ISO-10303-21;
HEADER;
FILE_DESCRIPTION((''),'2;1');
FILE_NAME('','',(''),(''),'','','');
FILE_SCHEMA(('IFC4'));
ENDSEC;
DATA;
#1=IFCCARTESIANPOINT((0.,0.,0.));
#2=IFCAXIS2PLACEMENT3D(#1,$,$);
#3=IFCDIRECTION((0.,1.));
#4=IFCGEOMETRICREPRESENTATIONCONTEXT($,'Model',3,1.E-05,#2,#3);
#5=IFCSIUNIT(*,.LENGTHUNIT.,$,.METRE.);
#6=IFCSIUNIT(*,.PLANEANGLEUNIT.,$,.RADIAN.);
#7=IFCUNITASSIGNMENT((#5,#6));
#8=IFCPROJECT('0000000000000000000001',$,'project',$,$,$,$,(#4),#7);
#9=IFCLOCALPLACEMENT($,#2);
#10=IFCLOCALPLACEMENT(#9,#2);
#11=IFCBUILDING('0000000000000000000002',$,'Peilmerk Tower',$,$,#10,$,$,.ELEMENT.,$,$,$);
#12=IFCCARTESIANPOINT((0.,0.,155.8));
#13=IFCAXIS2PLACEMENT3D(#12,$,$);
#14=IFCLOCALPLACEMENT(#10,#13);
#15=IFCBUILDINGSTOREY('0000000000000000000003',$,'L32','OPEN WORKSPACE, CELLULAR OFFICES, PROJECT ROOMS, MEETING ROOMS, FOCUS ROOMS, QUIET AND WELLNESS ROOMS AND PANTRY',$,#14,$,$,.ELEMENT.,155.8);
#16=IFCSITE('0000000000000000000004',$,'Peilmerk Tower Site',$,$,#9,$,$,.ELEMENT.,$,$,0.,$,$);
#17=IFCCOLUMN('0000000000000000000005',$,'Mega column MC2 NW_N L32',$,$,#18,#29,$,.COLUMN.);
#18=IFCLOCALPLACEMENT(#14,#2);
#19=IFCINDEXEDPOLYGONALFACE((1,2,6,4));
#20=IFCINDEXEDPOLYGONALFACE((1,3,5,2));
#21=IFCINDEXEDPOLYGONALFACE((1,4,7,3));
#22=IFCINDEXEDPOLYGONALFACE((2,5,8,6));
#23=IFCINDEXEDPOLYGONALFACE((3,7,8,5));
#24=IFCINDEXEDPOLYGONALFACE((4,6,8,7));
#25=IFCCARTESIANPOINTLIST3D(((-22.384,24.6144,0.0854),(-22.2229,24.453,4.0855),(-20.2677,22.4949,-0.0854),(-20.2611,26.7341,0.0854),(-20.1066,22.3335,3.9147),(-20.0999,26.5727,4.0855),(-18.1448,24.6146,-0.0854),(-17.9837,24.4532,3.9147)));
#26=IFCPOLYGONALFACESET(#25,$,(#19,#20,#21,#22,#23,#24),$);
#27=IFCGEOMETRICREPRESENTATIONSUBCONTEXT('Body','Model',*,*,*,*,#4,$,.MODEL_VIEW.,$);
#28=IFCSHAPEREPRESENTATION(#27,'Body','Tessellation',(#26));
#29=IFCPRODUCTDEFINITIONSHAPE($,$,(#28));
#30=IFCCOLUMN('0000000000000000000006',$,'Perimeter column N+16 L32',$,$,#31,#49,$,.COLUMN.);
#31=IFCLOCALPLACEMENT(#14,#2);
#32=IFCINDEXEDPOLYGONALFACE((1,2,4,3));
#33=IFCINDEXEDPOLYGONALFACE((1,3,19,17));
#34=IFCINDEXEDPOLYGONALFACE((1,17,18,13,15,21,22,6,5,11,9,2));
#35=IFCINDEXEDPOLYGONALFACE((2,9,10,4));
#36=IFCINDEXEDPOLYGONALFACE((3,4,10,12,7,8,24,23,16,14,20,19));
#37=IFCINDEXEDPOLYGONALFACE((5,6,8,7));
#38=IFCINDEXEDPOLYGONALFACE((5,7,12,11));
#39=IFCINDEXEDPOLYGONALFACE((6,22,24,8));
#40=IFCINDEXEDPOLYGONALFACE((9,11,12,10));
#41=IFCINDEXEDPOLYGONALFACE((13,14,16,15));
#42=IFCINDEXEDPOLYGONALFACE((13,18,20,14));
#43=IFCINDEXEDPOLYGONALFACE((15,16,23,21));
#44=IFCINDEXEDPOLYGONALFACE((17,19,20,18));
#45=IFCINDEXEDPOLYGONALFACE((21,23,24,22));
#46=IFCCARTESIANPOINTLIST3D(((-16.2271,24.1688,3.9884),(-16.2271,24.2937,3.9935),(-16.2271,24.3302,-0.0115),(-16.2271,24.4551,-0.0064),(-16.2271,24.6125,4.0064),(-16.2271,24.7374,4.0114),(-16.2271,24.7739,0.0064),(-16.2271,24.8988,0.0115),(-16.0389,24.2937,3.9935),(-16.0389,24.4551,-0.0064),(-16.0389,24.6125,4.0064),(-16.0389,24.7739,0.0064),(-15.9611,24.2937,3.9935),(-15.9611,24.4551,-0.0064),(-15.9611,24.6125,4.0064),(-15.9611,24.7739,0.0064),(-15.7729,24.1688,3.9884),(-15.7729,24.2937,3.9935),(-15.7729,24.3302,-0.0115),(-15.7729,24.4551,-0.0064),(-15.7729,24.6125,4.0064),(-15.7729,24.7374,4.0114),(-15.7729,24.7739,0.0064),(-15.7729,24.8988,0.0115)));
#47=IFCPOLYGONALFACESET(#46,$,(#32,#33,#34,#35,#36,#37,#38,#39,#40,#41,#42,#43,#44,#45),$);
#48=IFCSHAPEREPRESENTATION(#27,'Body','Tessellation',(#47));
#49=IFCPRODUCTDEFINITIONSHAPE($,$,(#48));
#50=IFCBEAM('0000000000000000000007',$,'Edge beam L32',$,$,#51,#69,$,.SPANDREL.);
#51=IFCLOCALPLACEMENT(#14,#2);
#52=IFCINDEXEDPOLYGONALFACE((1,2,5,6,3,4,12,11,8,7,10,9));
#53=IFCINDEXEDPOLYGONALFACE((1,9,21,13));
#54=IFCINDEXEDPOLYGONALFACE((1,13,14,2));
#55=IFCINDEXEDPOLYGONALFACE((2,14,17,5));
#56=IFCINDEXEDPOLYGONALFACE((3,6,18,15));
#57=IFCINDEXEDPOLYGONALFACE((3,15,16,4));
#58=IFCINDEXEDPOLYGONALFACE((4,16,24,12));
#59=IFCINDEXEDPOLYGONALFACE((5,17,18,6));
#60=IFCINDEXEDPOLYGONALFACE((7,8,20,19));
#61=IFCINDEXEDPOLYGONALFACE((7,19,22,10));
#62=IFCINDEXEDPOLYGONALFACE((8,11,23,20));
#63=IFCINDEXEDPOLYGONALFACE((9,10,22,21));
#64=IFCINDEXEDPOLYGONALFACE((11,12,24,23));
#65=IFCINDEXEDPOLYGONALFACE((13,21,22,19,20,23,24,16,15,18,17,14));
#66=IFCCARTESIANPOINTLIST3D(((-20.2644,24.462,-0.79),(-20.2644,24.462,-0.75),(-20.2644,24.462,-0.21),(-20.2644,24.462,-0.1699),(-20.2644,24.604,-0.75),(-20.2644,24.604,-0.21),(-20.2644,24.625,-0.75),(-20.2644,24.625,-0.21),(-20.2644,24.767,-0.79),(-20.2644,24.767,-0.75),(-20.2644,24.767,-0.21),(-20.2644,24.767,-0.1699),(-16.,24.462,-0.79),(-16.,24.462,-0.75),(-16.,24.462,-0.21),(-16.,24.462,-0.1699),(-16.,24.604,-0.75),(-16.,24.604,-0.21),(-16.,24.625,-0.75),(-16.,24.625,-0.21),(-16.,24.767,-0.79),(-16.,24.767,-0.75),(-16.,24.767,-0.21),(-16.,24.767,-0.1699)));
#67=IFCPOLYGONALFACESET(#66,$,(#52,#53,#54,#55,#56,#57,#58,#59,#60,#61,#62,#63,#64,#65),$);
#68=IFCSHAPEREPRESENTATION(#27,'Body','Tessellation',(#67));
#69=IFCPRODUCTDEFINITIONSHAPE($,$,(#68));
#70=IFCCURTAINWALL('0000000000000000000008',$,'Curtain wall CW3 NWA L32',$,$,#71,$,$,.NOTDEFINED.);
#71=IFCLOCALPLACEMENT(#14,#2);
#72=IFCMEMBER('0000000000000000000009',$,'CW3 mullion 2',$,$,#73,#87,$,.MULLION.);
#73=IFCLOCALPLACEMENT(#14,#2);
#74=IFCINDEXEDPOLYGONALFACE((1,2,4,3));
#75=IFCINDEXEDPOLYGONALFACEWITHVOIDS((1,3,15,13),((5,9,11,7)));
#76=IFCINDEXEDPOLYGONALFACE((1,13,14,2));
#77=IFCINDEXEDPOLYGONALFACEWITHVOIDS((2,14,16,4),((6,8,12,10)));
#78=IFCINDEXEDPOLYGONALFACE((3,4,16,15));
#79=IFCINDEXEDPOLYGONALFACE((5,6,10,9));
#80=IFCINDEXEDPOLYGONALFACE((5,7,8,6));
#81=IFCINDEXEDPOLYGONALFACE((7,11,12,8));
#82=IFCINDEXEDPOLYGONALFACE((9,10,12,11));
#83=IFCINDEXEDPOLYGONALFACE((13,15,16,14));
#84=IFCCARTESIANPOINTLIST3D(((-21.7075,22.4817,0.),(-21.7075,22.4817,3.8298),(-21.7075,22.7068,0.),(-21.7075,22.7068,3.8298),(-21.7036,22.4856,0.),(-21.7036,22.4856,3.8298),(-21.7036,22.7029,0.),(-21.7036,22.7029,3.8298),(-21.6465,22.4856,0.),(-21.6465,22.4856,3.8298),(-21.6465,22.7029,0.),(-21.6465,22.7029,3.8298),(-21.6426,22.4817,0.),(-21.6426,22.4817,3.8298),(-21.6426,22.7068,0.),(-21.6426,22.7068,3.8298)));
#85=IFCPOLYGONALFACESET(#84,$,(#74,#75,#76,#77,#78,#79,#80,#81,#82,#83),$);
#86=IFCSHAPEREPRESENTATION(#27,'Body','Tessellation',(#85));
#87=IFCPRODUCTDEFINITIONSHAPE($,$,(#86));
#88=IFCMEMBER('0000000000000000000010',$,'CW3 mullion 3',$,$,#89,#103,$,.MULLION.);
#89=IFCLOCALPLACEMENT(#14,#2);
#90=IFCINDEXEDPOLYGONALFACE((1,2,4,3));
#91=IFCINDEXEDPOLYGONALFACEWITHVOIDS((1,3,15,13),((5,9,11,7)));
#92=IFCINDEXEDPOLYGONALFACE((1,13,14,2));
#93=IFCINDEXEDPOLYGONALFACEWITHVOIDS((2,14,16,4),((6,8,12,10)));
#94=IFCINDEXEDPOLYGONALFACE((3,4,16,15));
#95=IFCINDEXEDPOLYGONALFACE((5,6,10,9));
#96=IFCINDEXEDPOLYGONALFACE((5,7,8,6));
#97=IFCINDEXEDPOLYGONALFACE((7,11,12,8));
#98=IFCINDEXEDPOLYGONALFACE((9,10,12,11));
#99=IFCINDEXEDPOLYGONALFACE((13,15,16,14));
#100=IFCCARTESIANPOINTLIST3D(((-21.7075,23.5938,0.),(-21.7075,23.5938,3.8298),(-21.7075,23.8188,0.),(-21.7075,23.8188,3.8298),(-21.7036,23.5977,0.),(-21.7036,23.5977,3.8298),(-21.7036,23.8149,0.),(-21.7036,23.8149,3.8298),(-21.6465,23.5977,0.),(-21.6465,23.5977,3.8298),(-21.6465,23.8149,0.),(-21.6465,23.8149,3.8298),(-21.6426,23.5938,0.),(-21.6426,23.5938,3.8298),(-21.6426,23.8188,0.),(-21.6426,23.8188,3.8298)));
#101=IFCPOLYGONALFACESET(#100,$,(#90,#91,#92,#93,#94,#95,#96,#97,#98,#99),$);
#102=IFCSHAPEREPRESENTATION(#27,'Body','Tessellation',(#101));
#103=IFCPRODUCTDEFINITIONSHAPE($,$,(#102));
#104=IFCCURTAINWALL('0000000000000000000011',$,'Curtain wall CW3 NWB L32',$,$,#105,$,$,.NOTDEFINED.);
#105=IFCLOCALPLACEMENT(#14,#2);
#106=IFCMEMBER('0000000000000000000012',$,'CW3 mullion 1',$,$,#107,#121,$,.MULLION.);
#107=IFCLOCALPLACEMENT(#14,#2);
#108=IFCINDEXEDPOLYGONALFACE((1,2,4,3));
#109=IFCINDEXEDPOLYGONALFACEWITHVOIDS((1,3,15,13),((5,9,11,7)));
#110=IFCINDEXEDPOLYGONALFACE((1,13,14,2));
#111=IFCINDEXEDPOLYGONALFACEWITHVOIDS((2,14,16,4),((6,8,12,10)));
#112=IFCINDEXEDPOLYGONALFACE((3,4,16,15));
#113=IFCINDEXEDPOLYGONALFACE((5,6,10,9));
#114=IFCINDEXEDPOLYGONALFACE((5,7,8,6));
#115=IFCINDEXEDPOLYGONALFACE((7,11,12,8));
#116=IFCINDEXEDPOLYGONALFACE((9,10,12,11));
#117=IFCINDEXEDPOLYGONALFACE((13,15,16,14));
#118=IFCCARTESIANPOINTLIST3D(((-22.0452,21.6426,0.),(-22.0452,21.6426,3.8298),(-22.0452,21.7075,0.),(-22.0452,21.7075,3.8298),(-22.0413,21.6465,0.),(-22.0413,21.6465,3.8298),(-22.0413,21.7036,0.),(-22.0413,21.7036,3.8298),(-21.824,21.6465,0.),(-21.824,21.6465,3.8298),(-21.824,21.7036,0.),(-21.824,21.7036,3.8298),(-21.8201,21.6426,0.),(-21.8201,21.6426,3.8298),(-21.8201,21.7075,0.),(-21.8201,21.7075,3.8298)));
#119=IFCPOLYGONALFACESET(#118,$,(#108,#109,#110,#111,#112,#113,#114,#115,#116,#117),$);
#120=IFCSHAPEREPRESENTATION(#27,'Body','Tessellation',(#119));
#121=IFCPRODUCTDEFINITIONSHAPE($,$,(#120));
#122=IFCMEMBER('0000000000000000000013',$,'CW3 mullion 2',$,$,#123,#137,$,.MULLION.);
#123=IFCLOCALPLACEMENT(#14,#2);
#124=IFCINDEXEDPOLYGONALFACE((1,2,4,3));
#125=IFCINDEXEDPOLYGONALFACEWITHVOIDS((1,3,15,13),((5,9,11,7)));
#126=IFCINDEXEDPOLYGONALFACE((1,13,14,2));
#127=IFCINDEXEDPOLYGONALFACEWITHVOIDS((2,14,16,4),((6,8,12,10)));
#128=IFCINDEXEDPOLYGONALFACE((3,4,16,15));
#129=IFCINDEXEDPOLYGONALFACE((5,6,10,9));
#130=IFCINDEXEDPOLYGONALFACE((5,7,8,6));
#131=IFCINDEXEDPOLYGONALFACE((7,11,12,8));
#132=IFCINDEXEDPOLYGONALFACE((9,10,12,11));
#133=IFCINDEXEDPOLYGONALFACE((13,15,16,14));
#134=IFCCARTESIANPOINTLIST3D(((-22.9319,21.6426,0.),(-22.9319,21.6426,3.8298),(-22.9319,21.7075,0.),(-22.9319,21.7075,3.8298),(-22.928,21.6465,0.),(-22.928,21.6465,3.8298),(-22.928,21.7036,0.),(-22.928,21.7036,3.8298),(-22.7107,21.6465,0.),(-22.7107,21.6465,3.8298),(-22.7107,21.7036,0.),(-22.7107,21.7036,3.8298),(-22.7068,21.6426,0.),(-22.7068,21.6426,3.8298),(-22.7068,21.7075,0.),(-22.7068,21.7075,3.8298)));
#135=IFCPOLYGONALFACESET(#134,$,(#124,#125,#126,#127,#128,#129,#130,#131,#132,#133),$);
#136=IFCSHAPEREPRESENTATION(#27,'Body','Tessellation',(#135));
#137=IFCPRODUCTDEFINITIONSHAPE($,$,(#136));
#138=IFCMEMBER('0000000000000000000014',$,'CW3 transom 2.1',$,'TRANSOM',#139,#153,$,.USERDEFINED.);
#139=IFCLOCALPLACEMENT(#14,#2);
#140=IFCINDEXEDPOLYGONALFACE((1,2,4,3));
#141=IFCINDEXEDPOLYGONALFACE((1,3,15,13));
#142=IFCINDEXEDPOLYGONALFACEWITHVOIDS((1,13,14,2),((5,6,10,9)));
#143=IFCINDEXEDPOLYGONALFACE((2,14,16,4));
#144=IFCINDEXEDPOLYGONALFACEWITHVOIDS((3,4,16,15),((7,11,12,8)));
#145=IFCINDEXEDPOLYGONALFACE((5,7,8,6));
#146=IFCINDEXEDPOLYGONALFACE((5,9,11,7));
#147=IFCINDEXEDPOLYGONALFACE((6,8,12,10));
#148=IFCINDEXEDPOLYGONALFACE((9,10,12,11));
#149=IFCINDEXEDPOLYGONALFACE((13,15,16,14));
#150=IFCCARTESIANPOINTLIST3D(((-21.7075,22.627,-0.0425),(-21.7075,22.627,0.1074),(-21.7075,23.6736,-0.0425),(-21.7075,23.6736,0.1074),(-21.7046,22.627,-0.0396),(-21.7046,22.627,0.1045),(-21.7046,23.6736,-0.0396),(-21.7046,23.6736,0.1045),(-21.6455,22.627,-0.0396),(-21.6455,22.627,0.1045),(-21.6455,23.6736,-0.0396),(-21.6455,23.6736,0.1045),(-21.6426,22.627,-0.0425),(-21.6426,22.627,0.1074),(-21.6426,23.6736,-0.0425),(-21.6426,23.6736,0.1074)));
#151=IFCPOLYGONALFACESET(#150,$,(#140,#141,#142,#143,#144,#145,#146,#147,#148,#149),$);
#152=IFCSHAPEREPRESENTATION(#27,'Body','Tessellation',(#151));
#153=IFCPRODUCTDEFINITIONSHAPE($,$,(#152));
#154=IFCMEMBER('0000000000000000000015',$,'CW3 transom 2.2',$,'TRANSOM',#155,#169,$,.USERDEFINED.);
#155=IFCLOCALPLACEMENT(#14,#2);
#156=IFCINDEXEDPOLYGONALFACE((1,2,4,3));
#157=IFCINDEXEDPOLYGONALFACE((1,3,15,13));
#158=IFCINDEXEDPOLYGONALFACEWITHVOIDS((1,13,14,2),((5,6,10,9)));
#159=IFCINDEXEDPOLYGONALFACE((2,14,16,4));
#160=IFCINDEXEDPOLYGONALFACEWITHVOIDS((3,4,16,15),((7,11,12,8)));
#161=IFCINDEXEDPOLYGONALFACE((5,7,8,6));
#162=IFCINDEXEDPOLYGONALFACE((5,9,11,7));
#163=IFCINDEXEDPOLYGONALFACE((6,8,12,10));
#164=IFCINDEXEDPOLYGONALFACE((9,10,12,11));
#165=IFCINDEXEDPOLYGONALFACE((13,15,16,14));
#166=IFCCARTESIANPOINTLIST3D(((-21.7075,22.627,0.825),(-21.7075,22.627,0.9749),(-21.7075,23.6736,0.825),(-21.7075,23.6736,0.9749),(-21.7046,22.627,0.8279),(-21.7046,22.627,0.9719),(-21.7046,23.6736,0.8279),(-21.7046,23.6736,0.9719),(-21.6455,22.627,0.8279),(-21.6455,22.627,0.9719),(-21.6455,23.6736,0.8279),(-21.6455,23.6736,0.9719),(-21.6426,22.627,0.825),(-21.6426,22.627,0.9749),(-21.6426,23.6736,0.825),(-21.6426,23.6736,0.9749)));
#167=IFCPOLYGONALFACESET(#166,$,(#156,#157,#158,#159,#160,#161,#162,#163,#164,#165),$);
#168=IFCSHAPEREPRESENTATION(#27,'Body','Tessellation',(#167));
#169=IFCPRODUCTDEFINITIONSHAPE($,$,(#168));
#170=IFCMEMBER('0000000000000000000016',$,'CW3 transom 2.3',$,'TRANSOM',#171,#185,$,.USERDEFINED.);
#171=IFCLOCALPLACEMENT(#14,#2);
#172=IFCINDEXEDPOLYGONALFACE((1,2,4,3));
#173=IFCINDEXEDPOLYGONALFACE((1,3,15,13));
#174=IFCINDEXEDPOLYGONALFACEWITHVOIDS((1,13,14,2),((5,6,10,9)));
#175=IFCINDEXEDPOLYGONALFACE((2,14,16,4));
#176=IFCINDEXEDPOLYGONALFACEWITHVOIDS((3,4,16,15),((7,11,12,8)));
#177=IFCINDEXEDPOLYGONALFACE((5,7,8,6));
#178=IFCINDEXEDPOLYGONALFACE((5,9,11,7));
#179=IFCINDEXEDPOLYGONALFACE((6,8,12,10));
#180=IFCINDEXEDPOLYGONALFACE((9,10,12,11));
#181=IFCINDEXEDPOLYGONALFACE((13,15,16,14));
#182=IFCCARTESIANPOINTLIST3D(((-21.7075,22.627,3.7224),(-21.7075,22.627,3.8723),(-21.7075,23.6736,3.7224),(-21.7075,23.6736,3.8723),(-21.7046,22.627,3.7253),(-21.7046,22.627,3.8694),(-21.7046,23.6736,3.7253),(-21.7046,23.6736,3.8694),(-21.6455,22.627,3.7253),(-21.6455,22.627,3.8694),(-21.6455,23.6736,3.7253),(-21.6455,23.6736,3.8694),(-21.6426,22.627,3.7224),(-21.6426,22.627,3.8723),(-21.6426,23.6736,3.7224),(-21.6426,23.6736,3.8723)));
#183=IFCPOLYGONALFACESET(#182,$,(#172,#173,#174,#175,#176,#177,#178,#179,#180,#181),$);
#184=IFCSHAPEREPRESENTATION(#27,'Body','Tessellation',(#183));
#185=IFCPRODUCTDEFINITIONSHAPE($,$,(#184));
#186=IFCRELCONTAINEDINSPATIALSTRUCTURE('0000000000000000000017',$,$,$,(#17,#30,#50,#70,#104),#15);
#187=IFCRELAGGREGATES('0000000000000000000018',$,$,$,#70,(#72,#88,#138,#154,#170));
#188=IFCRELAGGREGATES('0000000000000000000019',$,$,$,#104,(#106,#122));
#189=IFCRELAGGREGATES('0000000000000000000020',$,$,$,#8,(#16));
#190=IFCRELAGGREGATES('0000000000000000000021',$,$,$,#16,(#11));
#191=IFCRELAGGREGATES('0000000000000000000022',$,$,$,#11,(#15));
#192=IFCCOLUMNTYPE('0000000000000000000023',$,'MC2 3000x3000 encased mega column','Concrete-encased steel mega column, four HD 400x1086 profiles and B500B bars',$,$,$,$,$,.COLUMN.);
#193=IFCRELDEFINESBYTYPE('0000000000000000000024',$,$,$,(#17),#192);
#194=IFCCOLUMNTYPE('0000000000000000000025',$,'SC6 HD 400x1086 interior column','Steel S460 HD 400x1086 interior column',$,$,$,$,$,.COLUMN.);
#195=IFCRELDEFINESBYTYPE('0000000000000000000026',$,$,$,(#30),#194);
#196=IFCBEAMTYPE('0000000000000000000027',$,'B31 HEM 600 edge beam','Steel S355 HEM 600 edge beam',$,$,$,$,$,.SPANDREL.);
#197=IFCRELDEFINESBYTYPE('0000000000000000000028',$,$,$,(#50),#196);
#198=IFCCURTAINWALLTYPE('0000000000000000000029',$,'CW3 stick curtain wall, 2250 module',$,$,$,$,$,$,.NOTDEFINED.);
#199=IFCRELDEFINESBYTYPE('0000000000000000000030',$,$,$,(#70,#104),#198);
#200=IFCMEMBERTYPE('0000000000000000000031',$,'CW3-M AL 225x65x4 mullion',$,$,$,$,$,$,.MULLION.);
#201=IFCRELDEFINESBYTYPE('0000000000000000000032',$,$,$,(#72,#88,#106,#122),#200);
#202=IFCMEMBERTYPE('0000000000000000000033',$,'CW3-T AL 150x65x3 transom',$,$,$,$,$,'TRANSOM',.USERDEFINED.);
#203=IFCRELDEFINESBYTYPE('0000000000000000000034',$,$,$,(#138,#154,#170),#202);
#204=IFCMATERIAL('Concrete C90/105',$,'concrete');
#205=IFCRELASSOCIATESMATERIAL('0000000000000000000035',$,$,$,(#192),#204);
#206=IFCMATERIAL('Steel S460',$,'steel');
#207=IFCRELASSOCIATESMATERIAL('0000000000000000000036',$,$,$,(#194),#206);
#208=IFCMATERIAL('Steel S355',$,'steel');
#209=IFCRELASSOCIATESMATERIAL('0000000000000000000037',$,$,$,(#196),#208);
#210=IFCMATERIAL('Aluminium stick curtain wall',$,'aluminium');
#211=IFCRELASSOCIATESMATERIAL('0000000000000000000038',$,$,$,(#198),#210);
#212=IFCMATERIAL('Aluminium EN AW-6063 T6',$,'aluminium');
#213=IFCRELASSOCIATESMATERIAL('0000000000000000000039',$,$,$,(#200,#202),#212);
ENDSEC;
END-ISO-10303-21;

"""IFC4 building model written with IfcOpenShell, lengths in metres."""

from ifc_helpers import new_model, si_unit, direction, frame, origin, origin_2d, place, context, subcontext, project, spatial, rectangle, hollow_rectangle, i_section, extrude, material, material_profile, profile_set, type_object, element, aggregate, save


model = new_model("IFC4")

# Units and contexts
model_context = context("Model", 3, precision=1e-05, world=origin(), true_north=direction((0.0, 1.0)))
body_context = subcontext(model_context, "Body", "Model", "MODEL_VIEW")
ifc_project = project(units=[si_unit("LENGTHUNIT", "METRE"), si_unit("PLANEANGLEUNIT", "RADIAN")], contexts=[model_context])

# Site, building, storey
site_placement = place(None, origin())
site = spatial("IfcSite", under=ifc_project, at=site_placement, Name="Peilmerk Tower Site", CompositionType="ELEMENT", RefElevation=0.0)
building_placement = place(site_placement, origin())
building = spatial("IfcBuilding", under=site, at=building_placement, Name="Peilmerk Tower", CompositionType="ELEMENT")
storey_placement = place(building_placement, frame((0.0, 0.0, 155.8)))
storey = spatial("IfcBuildingStorey", under=building, at=storey_placement, Name="L32", Description="OPEN WORKSPACE, CELLULAR OFFICES, PROJECT ROOMS, MEETING ROOMS, FOCUS ROOMS, QUIET AND WELLNESS ROOMS AND PANTRY", CompositionType="ELEMENT", Elevation=155.8)

# Columns
ifc_material_1 = material(Name="Concrete C90/105", Category="concrete")
ifc_material_profile_1 = material_profile(ifc_material_1, rectangle(XDim=3.0, YDim=3.0, at=origin_2d()), Name="RC 3000x3000")
ifc_profile_set_1 = profile_set([ifc_material_profile_1], Name="Concrete C90/105")
column_type_1 = type_object("IfcColumnType", Name="MC2 3000x3000 encased mega column", Description="Concrete-encased steel mega column, four HD 400x1086 profiles and B500B bars", PredefinedType="COLUMN", material=ifc_profile_set_1)
column_1_placement = place(storey_placement, frame((-20.2644, 24.6145, 0.0), z_axis=(0.040218, -0.040279, 0.998379), x_axis=(0.707642, 0.706571, 0.0)))
element("IfcColumn", 1, at=column_1_placement, inside=storey, type_object=column_type_1, Name="Mega column MC2 NW_N L32", PredefinedType="COLUMN", context=body_context, shape_type="SweptSolid", body=[
    extrude(rectangle(XDim=3.0, YDim=3.0, at=origin_2d()), origin(), (0.0, 0.0, 1.0), 4.0066),
])
ifc_material_2 = material(Name="Steel S460", Category="steel")
ifc_material_profile_2 = material_profile(ifc_material_2, i_section(OverallWidth=0.4541, OverallDepth=0.5691, WebThickness=0.0779, FlangeThickness=0.125, at=origin_2d()), Name="HD 400x1086")
ifc_profile_set_2 = profile_set([ifc_material_profile_2], Name="Steel S460")
column_type_2 = type_object("IfcColumnType", Name="SC6 HD 400x1086 interior column", Description="Steel S460 HD 400x1086 interior column", PredefinedType="COLUMN", material=ifc_profile_set_2)
column_2_placement = place(storey_placement, frame((-16.0, 24.6145, 0.0), z_axis=(0.0, -0.040311, 0.999187), x_axis=(1.0, 0.0, 0.0)))
element("IfcColumn", 2, at=column_2_placement, inside=storey, type_object=column_type_2, Name="Perimeter column N+16 L32", PredefinedType="COLUMN", context=body_context, shape_type="SweptSolid", body=[
    extrude(i_section(OverallWidth=0.4541, OverallDepth=0.5691, WebThickness=0.0779, FlangeThickness=0.125, at=origin_2d()), origin(), (0.0, 0.0, 1.0), 4.0032),
])

# Beam
ifc_material_3 = material(Name="Steel S355", Category="steel")
ifc_material_profile_3 = material_profile(ifc_material_3, i_section(OverallWidth=0.3049, OverallDepth=0.6201, WebThickness=0.021, FlangeThickness=0.04, at=origin_2d()), Name="HEM 600")
ifc_profile_set_3 = profile_set([ifc_material_profile_3], Name="Steel S355")
beam_type = type_object("IfcBeamType", Name="B31 HEM 600 edge beam", Description="Steel S355 HEM 600 edge beam", PredefinedType="SPANDREL", material=ifc_profile_set_3)
beam_placement = place(storey_placement, frame((-16.0, 24.6145, -0.48), z_axis=(-1.0, 0.0, 0.0), x_axis=(0.0, -1.0, 0.0)))
element("IfcBeam", 3, at=beam_placement, inside=storey, type_object=beam_type, Name="Edge beam L32", PredefinedType="SPANDREL", context=body_context, shape_type="SweptSolid", body=[
    extrude(i_section(OverallWidth=0.3049, OverallDepth=0.6201, WebThickness=0.021, FlangeThickness=0.04, at=origin_2d()), origin(), (0.0, 0.0, 1.0), 4.2644),
])

# Curtain walls, members
ifc_material_4 = material(Name="Aluminium stick curtain wall", Category="aluminium")
curtain_wall_type = type_object("IfcCurtainWallType", Name="CW3 stick curtain wall, 2250 module", PredefinedType="NOTDEFINED", material=ifc_material_4)
curtain_wall_1_placement = place(storey_placement, origin())
curtain_wall_1 = element("IfcCurtainWall", 4, at=curtain_wall_1_placement, inside=storey, type_object=curtain_wall_type, Name="Curtain wall CW3 NWA L32", PredefinedType="NOTDEFINED")
ifc_material_5 = material(Name="Aluminium EN AW-6063 T6", Category="aluminium")
ifc_material_profile_4 = material_profile(ifc_material_5, hollow_rectangle(XDim=0.0649, YDim=0.2251, WallThickness=0.0039, at=origin_2d()), Name="AL 225x65x4")
ifc_profile_set_4 = profile_set([ifc_material_profile_4], Name="Aluminium EN AW-6063 T6")
member_type_1 = type_object("IfcMemberType", Name="CW3-M AL 225x65x4 mullion", PredefinedType="MULLION", material=ifc_profile_set_4)
member_1_placement = place(storey_placement, frame((-21.675, 22.5942, 0.0), z_axis=(0.0, 0.0, 1.0), x_axis=(-1.0, 0.0, 0.0)))
member_1 = element("IfcMember", 5, at=member_1_placement, type_object=member_type_1, Name="CW3 mullion 2", PredefinedType="MULLION", context=body_context, shape_type="SweptSolid", body=[
    extrude(hollow_rectangle(XDim=0.0649, YDim=0.2251, WallThickness=0.0039, at=origin_2d()), origin(), (0.0, 0.0, 1.0), 3.8298),
])
member_2_placement = place(storey_placement, frame((-21.675, 23.7063, 0.0), z_axis=(0.0, 0.0, 1.0), x_axis=(-1.0, 0.0, 0.0)))
member_2 = element("IfcMember", 6, at=member_2_placement, type_object=member_type_1, Name="CW3 mullion 3", PredefinedType="MULLION", context=body_context, shape_type="SweptSolid", body=[
    extrude(hollow_rectangle(XDim=0.0649, YDim=0.2251, WallThickness=0.0039, at=origin_2d()), origin(), (0.0, 0.0, 1.0), 3.8298),
])
curtain_wall_2_placement = place(storey_placement, origin())
curtain_wall_2 = element("IfcCurtainWall", 7, at=curtain_wall_2_placement, inside=storey, type_object=curtain_wall_type, Name="Curtain wall CW3 NWB L32", PredefinedType="NOTDEFINED")
member_3_placement = place(storey_placement, frame((-21.9326, 21.675, 0.0), z_axis=(0.0, 0.0, 1.0), x_axis=(0.0, -1.0, 0.0)))
member_3 = element("IfcMember", 8, at=member_3_placement, type_object=member_type_1, Name="CW3 mullion 1", PredefinedType="MULLION", context=body_context, shape_type="SweptSolid", body=[
    extrude(hollow_rectangle(XDim=0.0649, YDim=0.2251, WallThickness=0.0039, at=origin_2d()), origin(), (0.0, 0.0, 1.0), 3.8298),
])
member_4_placement = place(storey_placement, frame((-22.8193, 21.675, 0.0), z_axis=(0.0, 0.0, 1.0), x_axis=(0.0, -1.0, 0.0)))
member_4 = element("IfcMember", 9, at=member_4_placement, type_object=member_type_1, Name="CW3 mullion 2", PredefinedType="MULLION", context=body_context, shape_type="SweptSolid", body=[
    extrude(hollow_rectangle(XDim=0.0649, YDim=0.2251, WallThickness=0.0039, at=origin_2d()), origin(), (0.0, 0.0, 1.0), 3.8298),
])

# Members
ifc_material_profile_5 = material_profile(ifc_material_5, hollow_rectangle(XDim=0.0649, YDim=0.1499, WallThickness=0.0029, at=origin_2d()), Name="AL 150x65x3")
ifc_profile_set_5 = profile_set([ifc_material_profile_5], Name="Aluminium EN AW-6063 T6")
member_type_2 = type_object("IfcMemberType", Name="CW3-T AL 150x65x3 transom", ElementType="TRANSOM", PredefinedType="USERDEFINED", material=ifc_profile_set_5)
member_5_placement = place(storey_placement, frame((-21.675, 22.627, 0.0325), z_axis=(0.0, 1.0, 0.0), x_axis=(-1.0, 0.0, 0.0)))
member_5 = element("IfcMember", 10, at=member_5_placement, type_object=member_type_2, Name="CW3 transom 2.1", ObjectType="TRANSOM", PredefinedType="USERDEFINED", context=body_context, shape_type="SweptSolid", body=[
    extrude(hollow_rectangle(XDim=0.0649, YDim=0.1499, WallThickness=0.0029, at=origin_2d()), origin(), (0.0, 0.0, 1.0), 1.0466),
])
member_6_placement = place(storey_placement, frame((-21.675, 22.627, 0.8999), z_axis=(0.0, 1.0, 0.0), x_axis=(-1.0, 0.0, 0.0)))
member_6 = element("IfcMember", 11, at=member_6_placement, type_object=member_type_2, Name="CW3 transom 2.2", ObjectType="TRANSOM", PredefinedType="USERDEFINED", context=body_context, shape_type="SweptSolid", body=[
    extrude(hollow_rectangle(XDim=0.0649, YDim=0.1499, WallThickness=0.0029, at=origin_2d()), origin(), (0.0, 0.0, 1.0), 1.0466),
])
member_7_placement = place(storey_placement, frame((-21.675, 22.627, 3.7974), z_axis=(0.0, 1.0, 0.0), x_axis=(-1.0, 0.0, 0.0)))
member_7 = element("IfcMember", 12, at=member_7_placement, type_object=member_type_2, Name="CW3 transom 2.3", ObjectType="TRANSOM", PredefinedType="USERDEFINED", context=body_context, shape_type="SweptSolid", body=[
    extrude(hollow_rectangle(XDim=0.0649, YDim=0.1499, WallThickness=0.0029, at=origin_2d()), origin(), (0.0, 0.0, 1.0), 1.0466),
])

aggregate(curtain_wall_1, [member_1, member_2, member_5, member_6, member_7])
aggregate(curtain_wall_2, [member_3, member_4])

save(model, "model.ifc")
